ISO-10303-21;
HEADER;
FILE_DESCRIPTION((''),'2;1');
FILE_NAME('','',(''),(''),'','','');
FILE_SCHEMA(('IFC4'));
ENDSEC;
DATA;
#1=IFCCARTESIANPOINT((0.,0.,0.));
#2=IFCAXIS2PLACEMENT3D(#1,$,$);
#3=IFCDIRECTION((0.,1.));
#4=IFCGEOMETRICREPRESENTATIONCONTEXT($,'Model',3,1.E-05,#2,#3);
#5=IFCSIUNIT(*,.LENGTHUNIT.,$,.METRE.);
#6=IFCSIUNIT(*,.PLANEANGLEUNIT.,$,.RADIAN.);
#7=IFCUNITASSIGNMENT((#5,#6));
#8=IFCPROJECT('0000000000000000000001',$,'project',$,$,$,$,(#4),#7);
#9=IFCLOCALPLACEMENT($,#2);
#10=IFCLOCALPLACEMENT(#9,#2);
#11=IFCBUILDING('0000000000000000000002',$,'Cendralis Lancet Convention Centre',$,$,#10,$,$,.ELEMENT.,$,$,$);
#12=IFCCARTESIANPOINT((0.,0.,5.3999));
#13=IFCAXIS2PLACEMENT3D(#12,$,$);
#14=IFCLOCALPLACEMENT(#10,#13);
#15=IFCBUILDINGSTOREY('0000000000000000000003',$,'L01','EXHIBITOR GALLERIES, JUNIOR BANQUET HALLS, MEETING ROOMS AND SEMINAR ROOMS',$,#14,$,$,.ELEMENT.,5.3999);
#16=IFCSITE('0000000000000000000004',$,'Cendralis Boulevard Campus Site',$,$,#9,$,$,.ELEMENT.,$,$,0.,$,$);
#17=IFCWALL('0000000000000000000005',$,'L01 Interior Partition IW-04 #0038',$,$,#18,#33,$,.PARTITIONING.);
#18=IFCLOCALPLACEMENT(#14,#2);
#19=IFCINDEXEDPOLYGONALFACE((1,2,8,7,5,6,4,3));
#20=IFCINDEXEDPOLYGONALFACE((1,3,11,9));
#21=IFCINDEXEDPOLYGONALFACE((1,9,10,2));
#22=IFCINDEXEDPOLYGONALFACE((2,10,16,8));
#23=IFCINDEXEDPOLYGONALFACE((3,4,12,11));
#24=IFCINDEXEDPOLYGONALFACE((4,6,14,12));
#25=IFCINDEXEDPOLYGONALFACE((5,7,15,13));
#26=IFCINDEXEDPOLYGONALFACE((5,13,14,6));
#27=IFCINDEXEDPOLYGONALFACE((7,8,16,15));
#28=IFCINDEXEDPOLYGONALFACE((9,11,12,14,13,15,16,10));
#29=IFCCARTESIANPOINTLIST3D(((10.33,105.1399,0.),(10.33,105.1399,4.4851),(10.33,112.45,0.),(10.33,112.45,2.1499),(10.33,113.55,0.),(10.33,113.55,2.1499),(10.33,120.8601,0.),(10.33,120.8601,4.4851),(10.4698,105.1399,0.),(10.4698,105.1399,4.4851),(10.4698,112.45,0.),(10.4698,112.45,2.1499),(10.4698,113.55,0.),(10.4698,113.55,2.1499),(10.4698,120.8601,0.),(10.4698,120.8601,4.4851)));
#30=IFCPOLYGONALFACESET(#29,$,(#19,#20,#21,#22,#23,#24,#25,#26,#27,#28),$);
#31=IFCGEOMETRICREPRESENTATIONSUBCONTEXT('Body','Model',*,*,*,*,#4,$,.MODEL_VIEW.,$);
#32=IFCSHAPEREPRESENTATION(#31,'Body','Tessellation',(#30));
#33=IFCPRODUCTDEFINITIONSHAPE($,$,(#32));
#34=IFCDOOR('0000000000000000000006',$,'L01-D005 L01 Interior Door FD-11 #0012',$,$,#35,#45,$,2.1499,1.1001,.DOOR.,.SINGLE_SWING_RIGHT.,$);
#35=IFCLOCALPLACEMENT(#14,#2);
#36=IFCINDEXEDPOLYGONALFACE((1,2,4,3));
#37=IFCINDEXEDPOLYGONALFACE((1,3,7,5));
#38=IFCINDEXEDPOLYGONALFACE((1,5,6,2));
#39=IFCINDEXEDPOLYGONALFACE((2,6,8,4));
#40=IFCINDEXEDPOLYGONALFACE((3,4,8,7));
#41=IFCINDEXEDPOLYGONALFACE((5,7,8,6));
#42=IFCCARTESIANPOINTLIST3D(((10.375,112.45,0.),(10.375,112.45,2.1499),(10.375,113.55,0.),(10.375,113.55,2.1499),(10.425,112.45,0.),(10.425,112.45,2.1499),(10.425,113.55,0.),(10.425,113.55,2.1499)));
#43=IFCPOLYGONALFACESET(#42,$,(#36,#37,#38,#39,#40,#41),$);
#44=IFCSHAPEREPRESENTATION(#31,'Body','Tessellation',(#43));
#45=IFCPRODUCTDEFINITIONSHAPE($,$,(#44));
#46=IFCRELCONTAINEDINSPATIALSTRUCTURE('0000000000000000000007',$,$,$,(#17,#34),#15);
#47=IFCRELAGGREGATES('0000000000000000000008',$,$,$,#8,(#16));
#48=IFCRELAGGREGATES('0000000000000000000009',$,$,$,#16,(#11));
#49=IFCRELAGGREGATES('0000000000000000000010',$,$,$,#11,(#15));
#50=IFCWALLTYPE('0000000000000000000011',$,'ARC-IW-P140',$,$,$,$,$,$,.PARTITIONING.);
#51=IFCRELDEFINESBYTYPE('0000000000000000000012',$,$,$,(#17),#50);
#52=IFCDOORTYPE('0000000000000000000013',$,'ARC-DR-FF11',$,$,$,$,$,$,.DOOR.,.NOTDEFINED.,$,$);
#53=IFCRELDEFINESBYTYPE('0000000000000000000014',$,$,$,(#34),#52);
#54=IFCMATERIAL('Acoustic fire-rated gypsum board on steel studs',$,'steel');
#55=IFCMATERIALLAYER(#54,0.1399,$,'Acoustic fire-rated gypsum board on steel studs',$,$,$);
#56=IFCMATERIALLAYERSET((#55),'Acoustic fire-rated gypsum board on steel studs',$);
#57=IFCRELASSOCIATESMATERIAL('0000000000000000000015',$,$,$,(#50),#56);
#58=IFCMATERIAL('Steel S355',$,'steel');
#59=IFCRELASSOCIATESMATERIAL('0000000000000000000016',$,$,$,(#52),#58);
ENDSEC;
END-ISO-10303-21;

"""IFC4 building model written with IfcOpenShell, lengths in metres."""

from ifc_helpers import new_model, si_unit, direction, frame, frame_2d, origin, place, context, subcontext, project, spatial, rectangle, extrude, material, layer, layer_set, type_object, element, fill, save


model = new_model("IFC4")

# Units and contexts
model_context = context("Model", 3, precision=1e-05, world=origin(), true_north=direction((0.0, 1.0)))
body_context = subcontext(model_context, "Body", "Model", "MODEL_VIEW")
ifc_project = project(units=[si_unit("LENGTHUNIT", "METRE"), si_unit("PLANEANGLEUNIT", "RADIAN")], contexts=[model_context])

# Site, building, storey
site_placement = place(None, origin())
site = spatial("IfcSite", under=ifc_project, at=site_placement, Name="Cendralis Boulevard Campus Site", CompositionType="ELEMENT", RefElevation=0.0)
building_placement = place(site_placement, origin())
building = spatial("IfcBuilding", under=site, at=building_placement, Name="Cendralis Lancet Convention Centre", CompositionType="ELEMENT")
storey_placement = place(building_placement, frame((0.0, 0.0, 5.3999)))
storey = spatial("IfcBuildingStorey", under=building, at=storey_placement, Name="L01", Description="EXHIBITOR GALLERIES, JUNIOR BANQUET HALLS, MEETING ROOMS AND SEMINAR ROOMS", CompositionType="ELEMENT", Elevation=5.3999)

# Shared definitions
ifc_material_1 = material(Name="Steel S355", Category="steel")

# Shared definitions
ifc_material_2 = material(Name="Acoustic fire-rated gypsum board on steel studs", Category="steel")
ifc_layer_1 = layer(ifc_material_2, 0.1399, Name="Acoustic fire-rated gypsum board on steel studs")
ifc_layer_set_1 = layer_set([ifc_layer_1], Name="Acoustic fire-rated gypsum board on steel studs")
wall_type = type_object("IfcWallType", Name="ARC-IW-P140", PredefinedType="PARTITIONING", material=ifc_layer_set_1)

# Wall, opening, door
wall_1_placement = place(storey_placement, frame((10.3999, 105.1399, 0.0), z_axis=(0.0, 0.0, 1.0), x_axis=(0.0, 1.0, 0.0)))
wall_1 = element("IfcWall", 1, at=wall_1_placement, inside=storey, type_object=wall_type, Name="L01 Interior Partition IW-04 #0038", PredefinedType="PARTITIONING", context=body_context, shape_type="SweptSolid", body=[
    extrude(rectangle(XDim=15.7202, YDim=0.1399, at=frame_2d((7.8601, 0.0))), origin(), (0.0, 0.0, 1.0), 4.4851),
])
opening_placement = place(wall_1_placement, frame((7.3101, 0.0, 0.0)))
opening = element("IfcOpeningElement", 2, at=opening_placement, cuts=wall_1, PredefinedType="OPENING", context=body_context, shape_type="SweptSolid", body=[
    extrude(rectangle(XDim=1.1001, YDim=2.1499, at=frame_2d((0.55, 1.075))), frame((0.0, 0.0798, 0.0), z_axis=(0.0, -1.0, 0.0), x_axis=(1.0, 0.0, 0.0)), (0.0, 0.0, 1.0), 0.1599),
])
door_type = type_object("IfcDoorType", Name="ARC-DR-FF11", OperationType="NOTDEFINED", PredefinedType="DOOR", material=ifc_material_1)
door_placement = place(opening_placement, origin())
door = element("IfcDoor", 3, at=door_placement, inside=storey, type_object=door_type, Name="L01-D005 L01 Interior Door FD-11 #0012", OperationType="SINGLE_SWING_RIGHT", OverallHeight=2.1499, OverallWidth=1.1001, PredefinedType="DOOR", context=body_context, shape_type="SweptSolid", body=[
    extrude(rectangle(XDim=1.1001, YDim=2.1499, at=frame_2d((0.55, 1.075))), frame((0.0, 0.0249, 0.0), z_axis=(0.0, -1.0, 0.0), x_axis=(1.0, 0.0, 0.0)), (0.0, 0.0, 1.0), 0.05),
])
fill(opening, door)

save(model, "model.ifc")
